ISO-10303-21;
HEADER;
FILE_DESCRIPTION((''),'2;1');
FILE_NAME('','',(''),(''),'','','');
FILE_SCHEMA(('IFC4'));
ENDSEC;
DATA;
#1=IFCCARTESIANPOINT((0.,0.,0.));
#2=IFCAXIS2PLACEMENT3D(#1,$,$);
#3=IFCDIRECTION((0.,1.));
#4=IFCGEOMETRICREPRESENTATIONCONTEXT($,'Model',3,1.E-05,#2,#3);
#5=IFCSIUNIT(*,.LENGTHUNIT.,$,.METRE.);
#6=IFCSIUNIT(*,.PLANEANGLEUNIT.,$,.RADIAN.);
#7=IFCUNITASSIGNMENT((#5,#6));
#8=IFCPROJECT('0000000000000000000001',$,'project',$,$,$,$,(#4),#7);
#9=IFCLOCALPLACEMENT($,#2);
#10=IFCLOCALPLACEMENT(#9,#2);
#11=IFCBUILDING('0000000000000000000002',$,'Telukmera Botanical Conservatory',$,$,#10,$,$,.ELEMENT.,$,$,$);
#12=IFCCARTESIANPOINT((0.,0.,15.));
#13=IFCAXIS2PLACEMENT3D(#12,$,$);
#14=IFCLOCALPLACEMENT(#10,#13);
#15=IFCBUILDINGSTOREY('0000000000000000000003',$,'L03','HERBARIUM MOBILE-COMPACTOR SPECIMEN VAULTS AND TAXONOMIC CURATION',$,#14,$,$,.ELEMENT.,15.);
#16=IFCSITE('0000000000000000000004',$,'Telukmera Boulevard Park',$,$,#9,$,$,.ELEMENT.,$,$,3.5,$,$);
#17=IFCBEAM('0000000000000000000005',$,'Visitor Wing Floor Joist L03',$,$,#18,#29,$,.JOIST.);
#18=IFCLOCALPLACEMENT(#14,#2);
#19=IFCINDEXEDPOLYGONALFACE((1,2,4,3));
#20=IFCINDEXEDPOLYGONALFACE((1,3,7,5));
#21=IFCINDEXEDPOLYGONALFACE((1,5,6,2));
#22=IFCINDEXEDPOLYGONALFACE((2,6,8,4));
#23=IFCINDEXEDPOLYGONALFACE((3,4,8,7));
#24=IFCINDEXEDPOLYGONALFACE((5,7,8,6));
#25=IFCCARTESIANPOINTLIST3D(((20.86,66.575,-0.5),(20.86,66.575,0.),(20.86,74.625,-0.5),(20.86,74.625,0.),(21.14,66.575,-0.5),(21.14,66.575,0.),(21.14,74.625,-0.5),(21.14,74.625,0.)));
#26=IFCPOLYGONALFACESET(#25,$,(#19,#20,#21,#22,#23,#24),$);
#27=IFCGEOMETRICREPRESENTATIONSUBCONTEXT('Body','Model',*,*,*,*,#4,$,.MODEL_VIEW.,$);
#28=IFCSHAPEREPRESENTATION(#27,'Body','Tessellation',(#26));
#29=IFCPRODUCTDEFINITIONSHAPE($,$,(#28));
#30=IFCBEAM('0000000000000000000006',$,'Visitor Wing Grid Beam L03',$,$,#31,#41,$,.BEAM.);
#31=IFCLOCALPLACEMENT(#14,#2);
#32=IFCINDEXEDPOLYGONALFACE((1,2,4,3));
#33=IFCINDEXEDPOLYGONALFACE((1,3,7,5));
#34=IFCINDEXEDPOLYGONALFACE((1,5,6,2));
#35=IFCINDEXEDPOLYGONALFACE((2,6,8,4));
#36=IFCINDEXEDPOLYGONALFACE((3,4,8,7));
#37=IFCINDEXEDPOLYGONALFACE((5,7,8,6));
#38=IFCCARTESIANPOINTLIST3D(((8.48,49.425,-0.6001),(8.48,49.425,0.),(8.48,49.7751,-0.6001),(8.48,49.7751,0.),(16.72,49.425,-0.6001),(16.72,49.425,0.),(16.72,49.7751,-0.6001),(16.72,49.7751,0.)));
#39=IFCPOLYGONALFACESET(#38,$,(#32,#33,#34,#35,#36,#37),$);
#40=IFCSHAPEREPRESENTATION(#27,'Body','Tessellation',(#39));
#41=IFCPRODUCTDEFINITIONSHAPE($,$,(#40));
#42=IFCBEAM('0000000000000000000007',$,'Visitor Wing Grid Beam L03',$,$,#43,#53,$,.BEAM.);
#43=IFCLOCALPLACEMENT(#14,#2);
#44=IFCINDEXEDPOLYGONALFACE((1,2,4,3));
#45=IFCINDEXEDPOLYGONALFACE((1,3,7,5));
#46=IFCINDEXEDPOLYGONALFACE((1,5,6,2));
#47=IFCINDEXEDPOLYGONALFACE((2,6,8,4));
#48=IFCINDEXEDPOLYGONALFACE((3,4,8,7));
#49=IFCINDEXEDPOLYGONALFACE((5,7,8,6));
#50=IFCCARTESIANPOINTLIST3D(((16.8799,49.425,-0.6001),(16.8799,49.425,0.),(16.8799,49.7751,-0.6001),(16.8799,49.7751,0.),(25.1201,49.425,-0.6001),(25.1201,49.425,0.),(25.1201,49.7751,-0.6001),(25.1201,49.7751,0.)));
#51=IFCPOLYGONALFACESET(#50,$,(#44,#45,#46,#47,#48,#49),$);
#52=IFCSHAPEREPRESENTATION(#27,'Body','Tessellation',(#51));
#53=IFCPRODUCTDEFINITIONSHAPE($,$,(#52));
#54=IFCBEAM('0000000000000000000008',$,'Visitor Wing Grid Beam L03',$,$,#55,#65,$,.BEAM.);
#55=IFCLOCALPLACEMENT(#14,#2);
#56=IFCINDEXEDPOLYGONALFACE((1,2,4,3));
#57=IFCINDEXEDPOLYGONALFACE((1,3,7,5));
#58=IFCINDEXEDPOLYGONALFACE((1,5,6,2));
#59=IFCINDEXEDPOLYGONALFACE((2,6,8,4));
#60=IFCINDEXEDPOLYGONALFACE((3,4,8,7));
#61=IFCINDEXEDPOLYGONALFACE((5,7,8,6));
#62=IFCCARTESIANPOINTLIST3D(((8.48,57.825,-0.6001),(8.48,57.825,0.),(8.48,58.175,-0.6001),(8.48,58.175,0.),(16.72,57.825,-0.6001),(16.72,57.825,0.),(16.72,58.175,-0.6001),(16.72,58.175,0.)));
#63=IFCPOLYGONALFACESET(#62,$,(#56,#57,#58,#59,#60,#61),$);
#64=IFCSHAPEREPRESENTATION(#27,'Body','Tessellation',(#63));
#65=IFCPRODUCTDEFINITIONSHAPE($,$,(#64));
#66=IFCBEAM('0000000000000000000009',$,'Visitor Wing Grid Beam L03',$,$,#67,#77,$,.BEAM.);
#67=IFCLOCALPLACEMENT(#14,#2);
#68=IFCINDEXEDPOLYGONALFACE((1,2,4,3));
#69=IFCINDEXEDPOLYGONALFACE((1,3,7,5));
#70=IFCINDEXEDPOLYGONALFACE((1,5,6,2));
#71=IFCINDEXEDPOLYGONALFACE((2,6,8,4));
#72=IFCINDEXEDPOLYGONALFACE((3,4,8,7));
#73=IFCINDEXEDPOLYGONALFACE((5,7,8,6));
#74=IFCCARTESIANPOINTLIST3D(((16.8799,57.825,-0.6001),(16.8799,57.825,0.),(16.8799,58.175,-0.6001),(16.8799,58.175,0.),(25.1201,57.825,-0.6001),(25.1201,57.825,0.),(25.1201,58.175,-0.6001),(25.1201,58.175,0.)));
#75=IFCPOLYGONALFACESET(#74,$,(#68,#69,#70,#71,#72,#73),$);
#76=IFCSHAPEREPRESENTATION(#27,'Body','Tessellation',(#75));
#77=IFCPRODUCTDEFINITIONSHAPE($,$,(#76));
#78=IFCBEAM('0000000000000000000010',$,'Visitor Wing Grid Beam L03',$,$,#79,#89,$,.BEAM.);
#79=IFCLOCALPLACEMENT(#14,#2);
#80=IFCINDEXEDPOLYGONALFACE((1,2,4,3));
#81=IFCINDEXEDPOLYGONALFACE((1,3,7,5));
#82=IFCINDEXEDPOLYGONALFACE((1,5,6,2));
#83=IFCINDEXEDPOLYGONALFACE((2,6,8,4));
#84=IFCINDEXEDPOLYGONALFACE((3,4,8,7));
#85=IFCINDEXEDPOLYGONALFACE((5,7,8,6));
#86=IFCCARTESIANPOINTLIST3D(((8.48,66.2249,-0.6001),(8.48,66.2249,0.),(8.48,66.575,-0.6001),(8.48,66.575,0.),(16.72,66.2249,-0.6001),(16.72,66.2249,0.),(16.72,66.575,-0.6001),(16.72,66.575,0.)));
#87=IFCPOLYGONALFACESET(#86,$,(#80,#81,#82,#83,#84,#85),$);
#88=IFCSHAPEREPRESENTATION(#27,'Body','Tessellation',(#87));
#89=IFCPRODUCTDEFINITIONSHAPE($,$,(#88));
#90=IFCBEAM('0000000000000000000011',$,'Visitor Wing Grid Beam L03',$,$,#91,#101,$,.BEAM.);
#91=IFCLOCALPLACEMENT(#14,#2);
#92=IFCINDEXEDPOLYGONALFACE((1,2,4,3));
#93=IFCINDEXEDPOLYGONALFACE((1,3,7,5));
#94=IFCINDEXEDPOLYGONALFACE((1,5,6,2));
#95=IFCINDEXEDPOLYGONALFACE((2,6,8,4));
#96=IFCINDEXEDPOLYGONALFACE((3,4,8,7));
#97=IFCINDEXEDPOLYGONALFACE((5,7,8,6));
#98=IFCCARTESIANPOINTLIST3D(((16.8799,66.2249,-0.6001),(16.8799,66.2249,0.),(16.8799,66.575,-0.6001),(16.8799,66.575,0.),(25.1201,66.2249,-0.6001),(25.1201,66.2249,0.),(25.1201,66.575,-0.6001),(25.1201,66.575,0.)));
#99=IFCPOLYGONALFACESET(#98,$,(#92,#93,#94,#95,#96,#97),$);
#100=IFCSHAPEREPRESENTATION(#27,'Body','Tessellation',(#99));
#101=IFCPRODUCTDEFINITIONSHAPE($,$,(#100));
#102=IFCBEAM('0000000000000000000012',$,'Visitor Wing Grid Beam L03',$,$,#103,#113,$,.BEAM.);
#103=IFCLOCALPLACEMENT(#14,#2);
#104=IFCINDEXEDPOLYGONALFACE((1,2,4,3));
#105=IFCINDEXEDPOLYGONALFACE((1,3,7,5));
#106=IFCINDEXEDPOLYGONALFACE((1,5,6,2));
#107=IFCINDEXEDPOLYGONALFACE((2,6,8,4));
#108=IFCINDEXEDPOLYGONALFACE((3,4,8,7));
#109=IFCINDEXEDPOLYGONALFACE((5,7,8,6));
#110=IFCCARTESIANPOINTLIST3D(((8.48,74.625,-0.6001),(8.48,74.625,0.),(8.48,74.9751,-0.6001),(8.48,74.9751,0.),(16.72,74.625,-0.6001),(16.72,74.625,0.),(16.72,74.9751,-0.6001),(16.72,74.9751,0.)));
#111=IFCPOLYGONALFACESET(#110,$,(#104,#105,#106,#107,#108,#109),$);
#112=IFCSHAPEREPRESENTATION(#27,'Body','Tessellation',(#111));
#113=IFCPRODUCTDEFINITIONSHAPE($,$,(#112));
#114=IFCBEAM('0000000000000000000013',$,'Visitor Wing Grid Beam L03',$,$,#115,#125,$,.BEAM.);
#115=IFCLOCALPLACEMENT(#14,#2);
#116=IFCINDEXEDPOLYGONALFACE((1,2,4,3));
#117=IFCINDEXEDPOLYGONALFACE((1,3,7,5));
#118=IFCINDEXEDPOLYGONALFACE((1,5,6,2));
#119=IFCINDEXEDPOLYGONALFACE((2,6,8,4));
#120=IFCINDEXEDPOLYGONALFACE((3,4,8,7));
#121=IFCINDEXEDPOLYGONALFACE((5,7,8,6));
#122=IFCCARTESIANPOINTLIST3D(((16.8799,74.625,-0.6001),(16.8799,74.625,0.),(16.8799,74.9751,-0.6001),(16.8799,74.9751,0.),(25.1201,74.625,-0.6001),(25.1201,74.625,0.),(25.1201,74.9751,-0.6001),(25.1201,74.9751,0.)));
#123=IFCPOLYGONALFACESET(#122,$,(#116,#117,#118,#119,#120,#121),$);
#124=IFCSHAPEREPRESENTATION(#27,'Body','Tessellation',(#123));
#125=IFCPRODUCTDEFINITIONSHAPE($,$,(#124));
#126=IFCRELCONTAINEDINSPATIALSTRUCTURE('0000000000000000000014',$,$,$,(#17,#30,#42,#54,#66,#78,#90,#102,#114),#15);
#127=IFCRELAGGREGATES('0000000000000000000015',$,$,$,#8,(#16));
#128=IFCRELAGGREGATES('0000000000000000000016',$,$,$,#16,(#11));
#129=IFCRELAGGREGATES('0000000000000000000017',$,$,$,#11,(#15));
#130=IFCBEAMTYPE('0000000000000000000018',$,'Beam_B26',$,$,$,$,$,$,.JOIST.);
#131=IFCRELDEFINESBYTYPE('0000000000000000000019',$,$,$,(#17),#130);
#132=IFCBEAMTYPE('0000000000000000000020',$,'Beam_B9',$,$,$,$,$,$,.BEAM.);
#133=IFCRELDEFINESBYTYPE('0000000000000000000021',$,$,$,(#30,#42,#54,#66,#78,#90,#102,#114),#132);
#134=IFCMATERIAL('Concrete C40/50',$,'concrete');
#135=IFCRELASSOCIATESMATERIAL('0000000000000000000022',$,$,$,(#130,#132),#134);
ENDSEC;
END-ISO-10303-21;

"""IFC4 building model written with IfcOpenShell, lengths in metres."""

from ifc_helpers import new_model, si_unit, direction, frame, origin, origin_2d, place, context, subcontext, project, spatial, rectangle, extrude, material, material_profile, profile_set, type_object, element, save


model = new_model("IFC4")

# Units and contexts
model_context = context("Model", 3, precision=1e-05, world=origin(), true_north=direction((0.0, 1.0)))
body_context = subcontext(model_context, "Body", "Model", "MODEL_VIEW")
ifc_project = project(units=[si_unit("LENGTHUNIT", "METRE"), si_unit("PLANEANGLEUNIT", "RADIAN")], contexts=[model_context])

# Site, building, storey
site_placement = place(None, origin())
site = spatial("IfcSite", under=ifc_project, at=site_placement, Name="Telukmera Boulevard Park", CompositionType="ELEMENT", RefElevation=3.5)
building_placement = place(site_placement, origin())
building = spatial("IfcBuilding", under=site, at=building_placement, Name="Telukmera Botanical Conservatory", CompositionType="ELEMENT")
storey_placement = place(building_placement, frame((0.0, 0.0, 15.0)))
storey = spatial("IfcBuildingStorey", under=building, at=storey_placement, Name="L03", Description="HERBARIUM MOBILE-COMPACTOR SPECIMEN VAULTS AND TAXONOMIC CURATION", CompositionType="ELEMENT", Elevation=15.0)

# Beams
ifc_material_1 = material(Name="Concrete C40/50", Category="concrete")
ifc_material_profile_1 = material_profile(ifc_material_1, rectangle(XDim=0.28, YDim=0.5, at=origin_2d()), Name="RC 280x500")
ifc_profile_set_1 = profile_set([ifc_material_profile_1], Name="Concrete C40/50")
beam_type_1 = type_object("IfcBeamType", Name="Beam_B26", PredefinedType="JOIST", material=ifc_profile_set_1)
for number, where, z_axis, x_axis, name in (
    (1, (21.0, 66.575, -0.25), (0.0, 1.0, 0.0), (-1.0, 0.0, 0.0), "Visitor Wing Floor Joist L03"),
):
    element("IfcBeam", number, at=place(storey_placement, frame(where, z_axis=z_axis, x_axis=x_axis)), inside=storey, type_object=beam_type_1, Name=name, PredefinedType="JOIST", context=body_context, shape_type="SweptSolid", body=[
        extrude(rectangle(XDim=0.28, YDim=0.5, at=origin_2d()), origin(), (0.0, 0.0, 1.0), 8.05),
    ])
ifc_material_profile_2 = material_profile(ifc_material_1, rectangle(XDim=0.3501, YDim=0.6001, at=origin_2d()), Name="RC 350x600")
ifc_profile_set_2 = profile_set([ifc_material_profile_2], Name="Concrete C40/50")
beam_type_2 = type_object("IfcBeamType", Name="Beam_B9", PredefinedType="BEAM", material=ifc_profile_set_2)
beam_1_placement = place(storey_placement, frame((8.48, 49.6001, -0.3), z_axis=(1.0, 0.0, 0.0), x_axis=(0.0, 1.0, 0.0)))
element("IfcBeam", 2, at=beam_1_placement, inside=storey, type_object=beam_type_2, Name="Visitor Wing Grid Beam L03", PredefinedType="BEAM", context=body_context, shape_type="SweptSolid", body=[
    extrude(rectangle(XDim=0.3501, YDim=0.6001, at=origin_2d()), origin(), (0.0, 0.0, 1.0), 8.24),
])
beam_2_placement = place(storey_placement, frame((16.8799, 49.6001, -0.3), z_axis=(1.0, 0.0, 0.0), x_axis=(0.0, 1.0, 0.0)))
element("IfcBeam", 3, at=beam_2_placement, inside=storey, type_object=beam_type_2, Name="Visitor Wing Grid Beam L03", PredefinedType="BEAM", context=body_context, shape_type="SweptSolid", body=[
    extrude(rectangle(XDim=0.3501, YDim=0.6001, at=origin_2d()), origin(), (0.0, 0.0, 1.0), 8.2402),
])
beam_3_placement = place(storey_placement, frame((8.48, 58.0, -0.3), z_axis=(1.0, 0.0, 0.0), x_axis=(0.0, 1.0, 0.0)))
element("IfcBeam", 4, at=beam_3_placement, inside=storey, type_object=beam_type_2, Name="Visitor Wing Grid Beam L03", PredefinedType="BEAM", context=body_context, shape_type="SweptSolid", body=[
    extrude(rectangle(XDim=0.3501, YDim=0.6001, at=origin_2d()), origin(), (0.0, 0.0, 1.0), 8.24),
])
beam_4_placement = place(storey_placement, frame((16.8799, 58.0, -0.3), z_axis=(1.0, 0.0, 0.0), x_axis=(0.0, 1.0, 0.0)))
element("IfcBeam", 5, at=beam_4_placement, inside=storey, type_object=beam_type_2, Name="Visitor Wing Grid Beam L03", PredefinedType="BEAM", context=body_context, shape_type="SweptSolid", body=[
    extrude(rectangle(XDim=0.3501, YDim=0.6001, at=origin_2d()), origin(), (0.0, 0.0, 1.0), 8.2402),
])
beam_5_placement = place(storey_placement, frame((8.48, 66.3999, -0.3), z_axis=(1.0, 0.0, 0.0), x_axis=(0.0, 1.0, 0.0)))
element("IfcBeam", 6, at=beam_5_placement, inside=storey, type_object=beam_type_2, Name="Visitor Wing Grid Beam L03", PredefinedType="BEAM", context=body_context, shape_type="SweptSolid", body=[
    extrude(rectangle(XDim=0.3501, YDim=0.6001, at=origin_2d()), origin(), (0.0, 0.0, 1.0), 8.24),
])
beam_6_placement = place(storey_placement, frame((16.8799, 66.3999, -0.3), z_axis=(1.0, 0.0, 0.0), x_axis=(0.0, 1.0, 0.0)))
element("IfcBeam", 7, at=beam_6_placement, inside=storey, type_object=beam_type_2, Name="Visitor Wing Grid Beam L03", PredefinedType="BEAM", context=body_context, shape_type="SweptSolid", body=[
    extrude(rectangle(XDim=0.3501, YDim=0.6001, at=origin_2d()), origin(), (0.0, 0.0, 1.0), 8.2402),
])
beam_7_placement = place(storey_placement, frame((8.48, 74.8, -0.3), z_axis=(1.0, 0.0, 0.0), x_axis=(0.0, 1.0, 0.0)))
element("IfcBeam", 8, at=beam_7_placement, inside=storey, type_object=beam_type_2, Name="Visitor Wing Grid Beam L03", PredefinedType="BEAM", context=body_context, shape_type="SweptSolid", body=[
    extrude(rectangle(XDim=0.3501, YDim=0.6001, at=origin_2d()), origin(), (0.0, 0.0, 1.0), 8.24),
])
beam_8_placement = place(storey_placement, frame((16.8799, 74.8, -0.3), z_axis=(1.0, 0.0, 0.0), x_axis=(0.0, 1.0, 0.0)))
element("IfcBeam", 9, at=beam_8_placement, inside=storey, type_object=beam_type_2, Name="Visitor Wing Grid Beam L03", PredefinedType="BEAM", context=body_context, shape_type="SweptSolid", body=[
    extrude(rectangle(XDim=0.3501, YDim=0.6001, at=origin_2d()), origin(), (0.0, 0.0, 1.0), 8.2402),
])

save(model, "model.ifc")
